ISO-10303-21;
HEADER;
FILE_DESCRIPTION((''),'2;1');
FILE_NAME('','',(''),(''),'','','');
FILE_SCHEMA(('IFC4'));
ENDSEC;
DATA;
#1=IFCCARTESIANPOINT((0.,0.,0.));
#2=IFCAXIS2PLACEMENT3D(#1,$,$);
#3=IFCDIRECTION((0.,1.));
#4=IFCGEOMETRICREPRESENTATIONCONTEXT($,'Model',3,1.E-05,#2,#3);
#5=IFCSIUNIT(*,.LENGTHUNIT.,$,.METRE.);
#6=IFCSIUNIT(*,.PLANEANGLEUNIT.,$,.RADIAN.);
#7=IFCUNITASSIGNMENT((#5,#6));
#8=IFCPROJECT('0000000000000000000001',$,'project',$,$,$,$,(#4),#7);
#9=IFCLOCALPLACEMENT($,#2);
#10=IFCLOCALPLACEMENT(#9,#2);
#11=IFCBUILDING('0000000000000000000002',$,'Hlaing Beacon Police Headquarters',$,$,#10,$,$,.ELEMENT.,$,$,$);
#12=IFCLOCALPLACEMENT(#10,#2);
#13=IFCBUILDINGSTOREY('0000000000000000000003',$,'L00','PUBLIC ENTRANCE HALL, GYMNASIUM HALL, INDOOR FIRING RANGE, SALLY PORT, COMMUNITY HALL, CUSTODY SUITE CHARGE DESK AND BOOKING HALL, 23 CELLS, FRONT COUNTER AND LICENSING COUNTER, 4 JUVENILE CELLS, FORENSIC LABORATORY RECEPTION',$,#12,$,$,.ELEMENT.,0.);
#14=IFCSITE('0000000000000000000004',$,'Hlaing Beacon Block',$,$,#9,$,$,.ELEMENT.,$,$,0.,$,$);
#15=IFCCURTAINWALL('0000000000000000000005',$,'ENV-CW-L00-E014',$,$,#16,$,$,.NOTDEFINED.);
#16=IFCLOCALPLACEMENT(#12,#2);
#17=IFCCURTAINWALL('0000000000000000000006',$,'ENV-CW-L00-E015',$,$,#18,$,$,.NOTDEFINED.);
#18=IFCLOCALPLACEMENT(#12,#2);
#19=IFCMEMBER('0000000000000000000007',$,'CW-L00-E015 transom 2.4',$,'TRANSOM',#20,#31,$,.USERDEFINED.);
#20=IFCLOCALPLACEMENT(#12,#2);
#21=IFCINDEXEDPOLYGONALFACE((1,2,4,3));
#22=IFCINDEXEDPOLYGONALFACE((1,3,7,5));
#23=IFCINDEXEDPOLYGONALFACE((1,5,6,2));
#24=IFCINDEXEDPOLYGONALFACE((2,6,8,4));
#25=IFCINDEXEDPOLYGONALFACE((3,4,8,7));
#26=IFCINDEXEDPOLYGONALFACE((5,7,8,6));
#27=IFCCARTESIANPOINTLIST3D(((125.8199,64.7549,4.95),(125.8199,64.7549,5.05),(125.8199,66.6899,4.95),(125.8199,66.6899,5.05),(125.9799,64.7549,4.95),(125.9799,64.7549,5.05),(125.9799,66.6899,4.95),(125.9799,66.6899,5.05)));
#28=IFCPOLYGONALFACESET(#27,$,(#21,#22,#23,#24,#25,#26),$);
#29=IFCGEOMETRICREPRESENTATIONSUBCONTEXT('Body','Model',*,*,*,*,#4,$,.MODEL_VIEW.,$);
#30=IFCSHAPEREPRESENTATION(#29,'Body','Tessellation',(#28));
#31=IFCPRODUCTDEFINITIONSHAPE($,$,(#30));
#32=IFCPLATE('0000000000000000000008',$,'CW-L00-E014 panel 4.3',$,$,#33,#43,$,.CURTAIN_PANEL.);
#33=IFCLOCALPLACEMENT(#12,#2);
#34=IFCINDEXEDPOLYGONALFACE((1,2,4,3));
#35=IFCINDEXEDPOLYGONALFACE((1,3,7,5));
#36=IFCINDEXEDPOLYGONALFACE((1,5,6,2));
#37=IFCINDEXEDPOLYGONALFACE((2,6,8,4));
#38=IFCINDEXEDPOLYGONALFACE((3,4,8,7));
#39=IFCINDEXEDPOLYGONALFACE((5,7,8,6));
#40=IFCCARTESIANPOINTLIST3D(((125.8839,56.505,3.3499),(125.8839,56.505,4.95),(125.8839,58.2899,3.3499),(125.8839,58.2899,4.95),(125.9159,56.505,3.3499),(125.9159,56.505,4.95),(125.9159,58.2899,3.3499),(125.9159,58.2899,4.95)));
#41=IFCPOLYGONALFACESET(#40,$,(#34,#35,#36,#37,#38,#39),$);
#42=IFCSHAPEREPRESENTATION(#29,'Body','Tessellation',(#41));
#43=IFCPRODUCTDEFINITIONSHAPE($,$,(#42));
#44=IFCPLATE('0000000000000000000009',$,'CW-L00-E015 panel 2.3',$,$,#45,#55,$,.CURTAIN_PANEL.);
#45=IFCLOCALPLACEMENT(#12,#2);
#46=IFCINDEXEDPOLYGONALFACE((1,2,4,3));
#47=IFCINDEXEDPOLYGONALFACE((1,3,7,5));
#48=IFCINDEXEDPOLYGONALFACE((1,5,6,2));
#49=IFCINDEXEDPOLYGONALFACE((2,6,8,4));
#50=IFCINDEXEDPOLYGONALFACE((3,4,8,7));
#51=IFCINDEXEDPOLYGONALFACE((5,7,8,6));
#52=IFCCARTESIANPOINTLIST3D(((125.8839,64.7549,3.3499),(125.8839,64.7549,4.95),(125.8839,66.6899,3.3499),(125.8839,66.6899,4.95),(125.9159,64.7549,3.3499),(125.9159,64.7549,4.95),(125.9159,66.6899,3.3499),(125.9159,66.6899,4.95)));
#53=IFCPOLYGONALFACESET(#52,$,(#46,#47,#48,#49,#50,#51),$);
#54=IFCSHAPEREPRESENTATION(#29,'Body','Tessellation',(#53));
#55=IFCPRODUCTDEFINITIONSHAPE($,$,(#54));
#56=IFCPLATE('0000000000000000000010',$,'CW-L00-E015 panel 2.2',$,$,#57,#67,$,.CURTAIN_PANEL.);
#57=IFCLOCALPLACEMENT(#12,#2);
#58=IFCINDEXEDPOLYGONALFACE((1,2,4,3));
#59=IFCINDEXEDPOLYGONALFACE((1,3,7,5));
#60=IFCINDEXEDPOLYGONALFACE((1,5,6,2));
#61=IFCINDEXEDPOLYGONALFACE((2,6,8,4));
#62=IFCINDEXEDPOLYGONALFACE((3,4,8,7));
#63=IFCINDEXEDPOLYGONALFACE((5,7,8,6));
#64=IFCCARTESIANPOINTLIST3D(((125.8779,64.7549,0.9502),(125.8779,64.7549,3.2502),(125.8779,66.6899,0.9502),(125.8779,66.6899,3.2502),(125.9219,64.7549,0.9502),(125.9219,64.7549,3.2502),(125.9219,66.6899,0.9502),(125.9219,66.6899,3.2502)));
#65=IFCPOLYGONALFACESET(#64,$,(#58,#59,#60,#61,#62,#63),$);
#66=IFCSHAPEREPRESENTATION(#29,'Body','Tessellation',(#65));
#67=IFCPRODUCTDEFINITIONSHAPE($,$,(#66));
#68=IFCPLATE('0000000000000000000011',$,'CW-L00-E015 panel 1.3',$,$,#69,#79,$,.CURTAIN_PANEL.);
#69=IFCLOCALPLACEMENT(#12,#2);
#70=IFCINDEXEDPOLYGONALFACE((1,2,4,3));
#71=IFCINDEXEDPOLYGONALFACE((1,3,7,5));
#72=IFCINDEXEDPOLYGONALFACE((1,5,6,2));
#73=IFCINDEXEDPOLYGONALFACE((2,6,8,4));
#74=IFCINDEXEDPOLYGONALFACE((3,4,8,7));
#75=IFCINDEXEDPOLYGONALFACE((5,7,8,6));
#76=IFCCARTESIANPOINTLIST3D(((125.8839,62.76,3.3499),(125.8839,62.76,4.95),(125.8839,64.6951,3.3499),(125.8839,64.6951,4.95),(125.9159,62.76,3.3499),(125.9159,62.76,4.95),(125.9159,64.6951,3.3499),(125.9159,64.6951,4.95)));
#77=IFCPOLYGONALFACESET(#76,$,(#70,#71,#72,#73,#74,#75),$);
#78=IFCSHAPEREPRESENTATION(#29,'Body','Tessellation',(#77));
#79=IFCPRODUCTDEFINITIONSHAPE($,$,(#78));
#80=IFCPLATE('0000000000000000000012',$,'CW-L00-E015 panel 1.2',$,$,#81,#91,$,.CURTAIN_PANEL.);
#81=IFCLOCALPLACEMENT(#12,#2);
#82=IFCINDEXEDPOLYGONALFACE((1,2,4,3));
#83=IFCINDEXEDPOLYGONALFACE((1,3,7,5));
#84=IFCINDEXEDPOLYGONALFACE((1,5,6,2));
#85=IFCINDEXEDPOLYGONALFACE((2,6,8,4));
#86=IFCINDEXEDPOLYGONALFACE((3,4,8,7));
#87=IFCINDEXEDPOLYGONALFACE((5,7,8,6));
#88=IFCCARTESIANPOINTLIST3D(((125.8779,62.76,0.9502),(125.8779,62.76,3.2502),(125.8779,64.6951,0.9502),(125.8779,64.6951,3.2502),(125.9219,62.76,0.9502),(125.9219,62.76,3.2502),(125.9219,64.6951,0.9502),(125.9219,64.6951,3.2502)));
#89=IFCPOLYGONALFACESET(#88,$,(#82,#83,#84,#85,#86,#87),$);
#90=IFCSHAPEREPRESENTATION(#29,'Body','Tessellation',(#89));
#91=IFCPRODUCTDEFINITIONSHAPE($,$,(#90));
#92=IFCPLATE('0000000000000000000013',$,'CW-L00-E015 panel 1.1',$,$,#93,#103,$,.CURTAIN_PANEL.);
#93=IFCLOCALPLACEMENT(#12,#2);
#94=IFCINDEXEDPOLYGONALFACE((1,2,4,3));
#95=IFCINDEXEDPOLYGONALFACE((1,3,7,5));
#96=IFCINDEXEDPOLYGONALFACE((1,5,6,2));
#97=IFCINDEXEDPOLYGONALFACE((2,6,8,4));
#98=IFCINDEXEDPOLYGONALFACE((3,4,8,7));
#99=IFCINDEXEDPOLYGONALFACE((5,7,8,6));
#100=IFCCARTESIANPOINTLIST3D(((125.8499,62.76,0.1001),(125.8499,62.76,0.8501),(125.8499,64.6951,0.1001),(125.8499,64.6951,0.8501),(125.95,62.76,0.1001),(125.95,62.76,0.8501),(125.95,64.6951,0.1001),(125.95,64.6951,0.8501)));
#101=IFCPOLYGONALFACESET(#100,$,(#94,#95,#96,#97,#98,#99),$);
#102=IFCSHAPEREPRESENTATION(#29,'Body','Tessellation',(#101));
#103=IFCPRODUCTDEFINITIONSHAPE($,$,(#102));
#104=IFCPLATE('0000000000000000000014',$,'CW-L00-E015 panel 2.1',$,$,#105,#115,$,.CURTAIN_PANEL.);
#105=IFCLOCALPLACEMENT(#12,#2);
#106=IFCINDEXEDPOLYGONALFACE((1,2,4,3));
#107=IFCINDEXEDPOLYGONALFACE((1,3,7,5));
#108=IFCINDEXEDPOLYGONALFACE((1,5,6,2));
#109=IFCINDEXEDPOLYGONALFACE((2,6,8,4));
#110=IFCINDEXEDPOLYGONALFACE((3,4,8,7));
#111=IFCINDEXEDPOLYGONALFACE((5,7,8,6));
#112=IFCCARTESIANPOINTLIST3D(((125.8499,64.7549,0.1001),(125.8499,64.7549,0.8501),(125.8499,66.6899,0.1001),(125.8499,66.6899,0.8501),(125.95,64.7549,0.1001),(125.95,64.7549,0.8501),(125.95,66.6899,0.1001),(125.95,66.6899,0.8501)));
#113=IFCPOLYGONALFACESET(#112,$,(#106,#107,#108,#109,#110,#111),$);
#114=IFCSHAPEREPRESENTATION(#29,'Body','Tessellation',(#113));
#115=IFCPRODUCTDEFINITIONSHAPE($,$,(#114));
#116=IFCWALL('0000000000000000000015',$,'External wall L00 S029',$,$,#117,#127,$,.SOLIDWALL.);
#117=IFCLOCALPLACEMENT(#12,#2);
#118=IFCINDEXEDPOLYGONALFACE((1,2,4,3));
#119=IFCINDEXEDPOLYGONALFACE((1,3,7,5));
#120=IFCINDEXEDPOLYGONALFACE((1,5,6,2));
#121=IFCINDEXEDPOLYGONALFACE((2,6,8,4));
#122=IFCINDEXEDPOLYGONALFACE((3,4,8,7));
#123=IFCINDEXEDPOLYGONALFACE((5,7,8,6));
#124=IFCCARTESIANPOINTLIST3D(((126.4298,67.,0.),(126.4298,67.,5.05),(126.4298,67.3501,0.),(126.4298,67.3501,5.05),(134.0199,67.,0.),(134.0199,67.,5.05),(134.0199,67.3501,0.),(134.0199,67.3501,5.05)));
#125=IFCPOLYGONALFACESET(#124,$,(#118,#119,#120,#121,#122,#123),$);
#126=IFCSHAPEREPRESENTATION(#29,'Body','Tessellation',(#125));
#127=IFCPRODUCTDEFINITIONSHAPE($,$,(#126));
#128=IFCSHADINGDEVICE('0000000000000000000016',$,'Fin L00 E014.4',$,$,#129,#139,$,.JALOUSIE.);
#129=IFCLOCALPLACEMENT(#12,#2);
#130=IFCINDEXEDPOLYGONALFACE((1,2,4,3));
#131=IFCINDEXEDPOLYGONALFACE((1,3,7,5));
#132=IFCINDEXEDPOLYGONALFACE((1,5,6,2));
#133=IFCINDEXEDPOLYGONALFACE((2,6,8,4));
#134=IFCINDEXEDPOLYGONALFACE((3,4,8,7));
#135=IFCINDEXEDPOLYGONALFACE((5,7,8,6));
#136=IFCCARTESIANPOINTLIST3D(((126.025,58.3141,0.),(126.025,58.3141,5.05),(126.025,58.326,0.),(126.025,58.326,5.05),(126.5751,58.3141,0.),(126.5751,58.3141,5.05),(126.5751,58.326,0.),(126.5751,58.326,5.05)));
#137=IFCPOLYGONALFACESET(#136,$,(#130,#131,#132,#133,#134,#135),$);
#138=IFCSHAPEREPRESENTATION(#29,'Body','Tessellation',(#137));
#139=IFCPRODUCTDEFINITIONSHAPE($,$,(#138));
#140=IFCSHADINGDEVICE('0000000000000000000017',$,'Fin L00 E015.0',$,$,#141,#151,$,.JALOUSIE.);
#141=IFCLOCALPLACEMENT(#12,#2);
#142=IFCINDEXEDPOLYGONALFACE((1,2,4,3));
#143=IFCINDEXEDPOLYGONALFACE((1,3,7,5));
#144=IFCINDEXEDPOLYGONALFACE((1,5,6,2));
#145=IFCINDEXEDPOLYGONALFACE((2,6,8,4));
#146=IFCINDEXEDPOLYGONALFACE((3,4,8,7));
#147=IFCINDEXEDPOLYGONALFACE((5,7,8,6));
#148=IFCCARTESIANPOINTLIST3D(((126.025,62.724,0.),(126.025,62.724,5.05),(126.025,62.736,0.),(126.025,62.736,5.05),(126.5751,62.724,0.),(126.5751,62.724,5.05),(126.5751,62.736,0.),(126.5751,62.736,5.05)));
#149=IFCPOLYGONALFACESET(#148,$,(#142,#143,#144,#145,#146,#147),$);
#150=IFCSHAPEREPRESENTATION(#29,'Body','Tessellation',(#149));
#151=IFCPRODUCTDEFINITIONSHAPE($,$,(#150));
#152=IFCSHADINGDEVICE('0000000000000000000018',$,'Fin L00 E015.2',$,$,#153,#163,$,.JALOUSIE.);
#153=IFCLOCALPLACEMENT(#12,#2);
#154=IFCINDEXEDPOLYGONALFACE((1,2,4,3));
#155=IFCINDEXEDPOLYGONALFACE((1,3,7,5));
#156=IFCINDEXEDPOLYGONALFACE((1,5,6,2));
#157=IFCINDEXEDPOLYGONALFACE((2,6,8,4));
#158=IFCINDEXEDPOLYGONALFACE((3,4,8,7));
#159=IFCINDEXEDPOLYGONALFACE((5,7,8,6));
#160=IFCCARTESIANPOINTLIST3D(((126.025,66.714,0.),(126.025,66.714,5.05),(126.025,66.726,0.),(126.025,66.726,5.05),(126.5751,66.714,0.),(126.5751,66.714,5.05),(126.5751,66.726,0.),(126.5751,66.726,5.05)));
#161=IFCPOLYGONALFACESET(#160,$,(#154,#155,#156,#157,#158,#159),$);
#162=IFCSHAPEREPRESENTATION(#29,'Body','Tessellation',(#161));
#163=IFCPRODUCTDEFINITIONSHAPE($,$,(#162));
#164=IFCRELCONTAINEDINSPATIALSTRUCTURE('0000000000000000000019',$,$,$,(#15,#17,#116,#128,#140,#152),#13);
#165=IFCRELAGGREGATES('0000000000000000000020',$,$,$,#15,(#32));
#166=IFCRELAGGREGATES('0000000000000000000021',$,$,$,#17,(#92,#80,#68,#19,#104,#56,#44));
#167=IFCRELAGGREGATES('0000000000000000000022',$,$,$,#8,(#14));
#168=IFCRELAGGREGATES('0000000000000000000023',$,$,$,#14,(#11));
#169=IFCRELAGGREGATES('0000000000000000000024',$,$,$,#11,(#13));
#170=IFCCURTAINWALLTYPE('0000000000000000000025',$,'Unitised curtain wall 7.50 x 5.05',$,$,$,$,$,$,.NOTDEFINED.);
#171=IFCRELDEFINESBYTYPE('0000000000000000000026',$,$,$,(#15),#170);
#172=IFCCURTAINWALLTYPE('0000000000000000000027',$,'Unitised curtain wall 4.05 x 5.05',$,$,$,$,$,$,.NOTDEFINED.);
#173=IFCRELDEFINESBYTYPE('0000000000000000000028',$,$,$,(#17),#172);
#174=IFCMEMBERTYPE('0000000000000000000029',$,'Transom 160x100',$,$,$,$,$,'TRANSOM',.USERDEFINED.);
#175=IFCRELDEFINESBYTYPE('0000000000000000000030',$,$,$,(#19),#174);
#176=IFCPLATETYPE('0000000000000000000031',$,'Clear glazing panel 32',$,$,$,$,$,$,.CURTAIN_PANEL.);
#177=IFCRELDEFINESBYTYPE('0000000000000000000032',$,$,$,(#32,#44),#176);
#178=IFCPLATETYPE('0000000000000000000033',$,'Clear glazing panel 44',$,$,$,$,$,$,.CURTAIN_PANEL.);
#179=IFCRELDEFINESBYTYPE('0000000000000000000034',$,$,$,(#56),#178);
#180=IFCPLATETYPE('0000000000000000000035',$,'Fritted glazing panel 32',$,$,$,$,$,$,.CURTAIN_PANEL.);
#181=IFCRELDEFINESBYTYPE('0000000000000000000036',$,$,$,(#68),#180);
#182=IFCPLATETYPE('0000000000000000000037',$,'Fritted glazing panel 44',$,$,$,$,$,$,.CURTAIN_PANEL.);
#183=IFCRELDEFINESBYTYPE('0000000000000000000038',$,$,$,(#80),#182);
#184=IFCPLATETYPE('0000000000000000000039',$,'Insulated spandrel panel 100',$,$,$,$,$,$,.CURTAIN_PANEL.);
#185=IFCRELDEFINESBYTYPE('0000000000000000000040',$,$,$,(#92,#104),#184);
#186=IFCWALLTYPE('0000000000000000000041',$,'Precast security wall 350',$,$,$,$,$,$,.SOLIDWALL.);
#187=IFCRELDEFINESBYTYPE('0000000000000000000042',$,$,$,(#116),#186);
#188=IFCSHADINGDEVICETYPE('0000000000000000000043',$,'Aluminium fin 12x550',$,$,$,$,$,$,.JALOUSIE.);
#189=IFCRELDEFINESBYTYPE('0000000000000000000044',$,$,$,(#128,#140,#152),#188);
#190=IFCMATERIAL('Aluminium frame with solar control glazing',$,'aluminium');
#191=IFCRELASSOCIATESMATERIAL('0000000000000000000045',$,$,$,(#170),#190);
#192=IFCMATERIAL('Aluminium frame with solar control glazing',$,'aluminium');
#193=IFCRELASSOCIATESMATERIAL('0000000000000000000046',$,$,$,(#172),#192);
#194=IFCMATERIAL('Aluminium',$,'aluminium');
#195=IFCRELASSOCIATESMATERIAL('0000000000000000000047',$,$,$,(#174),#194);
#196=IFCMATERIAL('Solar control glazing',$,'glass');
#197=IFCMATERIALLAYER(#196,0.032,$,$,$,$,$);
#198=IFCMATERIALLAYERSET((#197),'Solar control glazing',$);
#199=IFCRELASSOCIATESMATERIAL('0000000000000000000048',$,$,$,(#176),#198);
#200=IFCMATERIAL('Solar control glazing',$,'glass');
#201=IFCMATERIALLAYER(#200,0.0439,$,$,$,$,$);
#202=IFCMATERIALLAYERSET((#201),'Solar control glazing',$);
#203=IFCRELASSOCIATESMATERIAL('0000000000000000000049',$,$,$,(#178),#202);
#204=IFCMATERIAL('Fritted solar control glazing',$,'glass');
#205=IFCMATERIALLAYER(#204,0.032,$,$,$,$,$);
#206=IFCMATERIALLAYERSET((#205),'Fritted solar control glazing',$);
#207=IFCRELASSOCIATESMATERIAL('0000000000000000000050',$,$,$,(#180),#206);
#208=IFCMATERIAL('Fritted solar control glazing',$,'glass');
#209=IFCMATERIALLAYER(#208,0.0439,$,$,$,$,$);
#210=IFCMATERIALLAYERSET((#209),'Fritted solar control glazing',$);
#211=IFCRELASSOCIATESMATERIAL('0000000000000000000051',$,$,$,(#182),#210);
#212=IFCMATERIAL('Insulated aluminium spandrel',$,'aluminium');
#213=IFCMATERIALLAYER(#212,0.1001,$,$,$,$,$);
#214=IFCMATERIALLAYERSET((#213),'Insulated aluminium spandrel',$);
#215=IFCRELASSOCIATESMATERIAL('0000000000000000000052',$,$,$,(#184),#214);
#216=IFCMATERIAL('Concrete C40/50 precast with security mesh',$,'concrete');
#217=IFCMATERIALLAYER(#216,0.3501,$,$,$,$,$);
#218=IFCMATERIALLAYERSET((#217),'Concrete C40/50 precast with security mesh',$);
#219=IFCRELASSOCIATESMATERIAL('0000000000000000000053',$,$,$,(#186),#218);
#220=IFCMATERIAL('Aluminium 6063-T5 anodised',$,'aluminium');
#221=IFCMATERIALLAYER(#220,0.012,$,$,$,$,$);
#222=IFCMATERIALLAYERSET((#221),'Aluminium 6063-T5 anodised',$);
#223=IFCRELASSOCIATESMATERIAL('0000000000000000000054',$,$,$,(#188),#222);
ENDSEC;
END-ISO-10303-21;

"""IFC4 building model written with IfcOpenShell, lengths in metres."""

from ifc_helpers import new_model, si_unit, direction, frame, frame_2d, origin, origin_2d, place, context, subcontext, project, spatial, rectangle, extrude, material, layer, layer_set, material_profile, profile_set, type_object, element, aggregate, save


model = new_model("IFC4")

# Units and contexts
model_context = context("Model", 3, precision=1e-05, world=origin(), true_north=direction((0.0, 1.0)))
body_context = subcontext(model_context, "Body", "Model", "MODEL_VIEW")
ifc_project = project(units=[si_unit("LENGTHUNIT", "METRE"), si_unit("PLANEANGLEUNIT", "RADIAN")], contexts=[model_context])

# Site, building, storey
site_placement = place(None, origin())
site = spatial("IfcSite", under=ifc_project, at=site_placement, Name="Hlaing Beacon Block", CompositionType="ELEMENT", RefElevation=0.0)
building_placement = place(site_placement, origin())
building = spatial("IfcBuilding", under=site, at=building_placement, Name="Hlaing Beacon Police Headquarters", CompositionType="ELEMENT")
storey_placement = place(building_placement, origin())
storey = spatial("IfcBuildingStorey", under=building, at=storey_placement, Name="L00", Description="PUBLIC ENTRANCE HALL, GYMNASIUM HALL, INDOOR FIRING RANGE, SALLY PORT, COMMUNITY HALL, CUSTODY SUITE CHARGE DESK AND BOOKING HALL, 23 CELLS, FRONT COUNTER AND LICENSING COUNTER, 4 JUVENILE CELLS, FORENSIC LABORATORY RECEPTION", CompositionType="ELEMENT", Elevation=0.0)

# Curtain wall
ifc_material_1 = material(Name="Aluminium frame with solar control glazing", Category="aluminium")
curtain_wall_type_1 = type_object("IfcCurtainWallType", Name="Unitised curtain wall 7.50 x 5.05", PredefinedType="NOTDEFINED", material=ifc_material_1)
curtain_wall_1_placement = place(storey_placement, origin())
curtain_wall_1 = element("IfcCurtainWall", 1, at=curtain_wall_1_placement, inside=storey, type_object=curtain_wall_type_1, Name="ENV-CW-L00-E014", PredefinedType="NOTDEFINED")

# Curtain wall, member
ifc_material_2 = material(Name="Aluminium frame with solar control glazing", Category="aluminium")
curtain_wall_type_2 = type_object("IfcCurtainWallType", Name="Unitised curtain wall 4.05 x 5.05", PredefinedType="NOTDEFINED", material=ifc_material_2)
curtain_wall_2_placement = place(storey_placement, origin())
curtain_wall_2 = element("IfcCurtainWall", 2, at=curtain_wall_2_placement, inside=storey, type_object=curtain_wall_type_2, Name="ENV-CW-L00-E015", PredefinedType="NOTDEFINED")
ifc_material_3 = material(Name="Aluminium", Category="aluminium")
ifc_material_profile_1 = material_profile(ifc_material_3, rectangle(XDim=0.1599, YDim=0.1001, at=origin_2d()), Name="Transom 160x100")
ifc_profile_set_1 = profile_set([ifc_material_profile_1], Name="Aluminium")
member_type_1 = type_object("IfcMemberType", Name="Transom 160x100", ElementType="TRANSOM", PredefinedType="USERDEFINED", material=ifc_profile_set_1)
member_1_placement = place(storey_placement, frame((125.8999, 64.7549, 5.0), z_axis=(0.0, 1.0, 0.0), x_axis=(-1.0, 0.0, 0.0)))
member_1 = element("IfcMember", 3, at=member_1_placement, type_object=member_type_1, Name="CW-L00-E015 transom 2.4", ObjectType="TRANSOM", PredefinedType="USERDEFINED", context=body_context, shape_type="SweptSolid", body=[
    extrude(rectangle(XDim=0.1599, YDim=0.1001, at=origin_2d()), origin(), (0.0, 0.0, 1.0), 1.9351),
])

# Plates
ifc_material_4 = material(Name="Solar control glazing", Category="glass")
ifc_layer_1 = layer(ifc_material_4, 0.032)
ifc_layer_set_1 = layer_set([ifc_layer_1], Name="Solar control glazing")
plate_type_1 = type_object("IfcPlateType", Name="Clear glazing panel 32", PredefinedType="CURTAIN_PANEL", material=ifc_layer_set_1)
plate_1_placement = place(storey_placement, frame((125.8999, 57.3975, 3.3499), z_axis=(0.0, 0.0, 1.0), x_axis=(0.0, 1.0, 0.0)))
plate_1 = element("IfcPlate", 4, at=plate_1_placement, type_object=plate_type_1, Name="CW-L00-E014 panel 4.3", PredefinedType="CURTAIN_PANEL", context=body_context, shape_type="SweptSolid", body=[
    extrude(rectangle(XDim=1.7849, YDim=0.032, at=origin_2d()), origin(), (0.0, 0.0, 1.0), 1.6001),
])
aggregate(curtain_wall_1, [plate_1])
plate_2_placement = place(storey_placement, frame((125.8999, 65.7224, 3.3499), z_axis=(0.0, 0.0, 1.0), x_axis=(0.0, 1.0, 0.0)))
plate_2 = element("IfcPlate", 5, at=plate_2_placement, type_object=plate_type_1, Name="CW-L00-E015 panel 2.3", PredefinedType="CURTAIN_PANEL", context=body_context, shape_type="SweptSolid", body=[
    extrude(rectangle(XDim=1.9351, YDim=0.032, at=origin_2d()), origin(), (0.0, 0.0, 1.0), 1.6001),
])
ifc_material_5 = material(Name="Solar control glazing", Category="glass")
ifc_layer_2 = layer(ifc_material_5, 0.0439)
ifc_layer_set_2 = layer_set([ifc_layer_2], Name="Solar control glazing")
plate_type_2 = type_object("IfcPlateType", Name="Clear glazing panel 44", PredefinedType="CURTAIN_PANEL", material=ifc_layer_set_2)
plate_3_placement = place(storey_placement, frame((125.8999, 65.7224, 0.9502), z_axis=(0.0, 0.0, 1.0), x_axis=(0.0, 1.0, 0.0)))
plate_3 = element("IfcPlate", 6, at=plate_3_placement, type_object=plate_type_2, Name="CW-L00-E015 panel 2.2", PredefinedType="CURTAIN_PANEL", context=body_context, shape_type="SweptSolid", body=[
    extrude(rectangle(XDim=1.9351, YDim=0.0439, at=origin_2d()), origin(), (0.0, 0.0, 1.0), 2.3),
])
ifc_material_6 = material(Name="Fritted solar control glazing", Category="glass")
ifc_layer_3 = layer(ifc_material_6, 0.032)
ifc_layer_set_3 = layer_set([ifc_layer_3], Name="Fritted solar control glazing")
plate_type_3 = type_object("IfcPlateType", Name="Fritted glazing panel 32", PredefinedType="CURTAIN_PANEL", material=ifc_layer_set_3)
plate_4_placement = place(storey_placement, frame((125.8999, 63.7275, 3.3499), z_axis=(0.0, 0.0, 1.0), x_axis=(0.0, 1.0, 0.0)))
plate_4 = element("IfcPlate", 7, at=plate_4_placement, type_object=plate_type_3, Name="CW-L00-E015 panel 1.3", PredefinedType="CURTAIN_PANEL", context=body_context, shape_type="SweptSolid", body=[
    extrude(rectangle(XDim=1.9351, YDim=0.032, at=origin_2d()), origin(), (0.0, 0.0, 1.0), 1.6001),
])
ifc_material_7 = material(Name="Fritted solar control glazing", Category="glass")
ifc_layer_4 = layer(ifc_material_7, 0.0439)
ifc_layer_set_4 = layer_set([ifc_layer_4], Name="Fritted solar control glazing")
plate_type_4 = type_object("IfcPlateType", Name="Fritted glazing panel 44", PredefinedType="CURTAIN_PANEL", material=ifc_layer_set_4)
plate_5_placement = place(storey_placement, frame((125.8999, 63.7275, 0.9502), z_axis=(0.0, 0.0, 1.0), x_axis=(0.0, 1.0, 0.0)))
plate_5 = element("IfcPlate", 8, at=plate_5_placement, type_object=plate_type_4, Name="CW-L00-E015 panel 1.2", PredefinedType="CURTAIN_PANEL", context=body_context, shape_type="SweptSolid", body=[
    extrude(rectangle(XDim=1.9351, YDim=0.0439, at=origin_2d()), origin(), (0.0, 0.0, 1.0), 2.3),
])
ifc_material_8 = material(Name="Insulated aluminium spandrel", Category="aluminium")
ifc_layer_5 = layer(ifc_material_8, 0.1001)
ifc_layer_set_5 = layer_set([ifc_layer_5], Name="Insulated aluminium spandrel")
plate_type_5 = type_object("IfcPlateType", Name="Insulated spandrel panel 100", PredefinedType="CURTAIN_PANEL", material=ifc_layer_set_5)
plate_6_placement = place(storey_placement, frame((125.8999, 63.7275, 0.1001), z_axis=(0.0, 0.0, 1.0), x_axis=(0.0, 1.0, 0.0)))
plate_6 = element("IfcPlate", 9, at=plate_6_placement, type_object=plate_type_5, Name="CW-L00-E015 panel 1.1", PredefinedType="CURTAIN_PANEL", context=body_context, shape_type="SweptSolid", body=[
    extrude(rectangle(XDim=1.9351, YDim=0.1001, at=origin_2d()), origin(), (0.0, 0.0, 1.0), 0.75),
])
plate_7_placement = place(storey_placement, frame((125.8999, 65.7224, 0.1001), z_axis=(0.0, 0.0, 1.0), x_axis=(0.0, 1.0, 0.0)))
plate_7 = element("IfcPlate", 10, at=plate_7_placement, type_object=plate_type_5, Name="CW-L00-E015 panel 2.1", PredefinedType="CURTAIN_PANEL", context=body_context, shape_type="SweptSolid", body=[
    extrude(rectangle(XDim=1.9351, YDim=0.1001, at=origin_2d()), origin(), (0.0, 0.0, 1.0), 0.75),
])
aggregate(curtain_wall_2, [plate_6, plate_5, plate_4, member_1, plate_7, plate_3, plate_2])

# Wall
ifc_material_9 = material(Name="Concrete C40/50 precast with security mesh", Category="concrete")
ifc_layer_6 = layer(ifc_material_9, 0.3501)
ifc_layer_set_6 = layer_set([ifc_layer_6], Name="Concrete C40/50 precast with security mesh")
wall_type_1 = type_object("IfcWallType", Name="Precast security wall 350", PredefinedType="SOLIDWALL", material=ifc_layer_set_6)
wall_1_placement = place(storey_placement, frame((126.4299, 67.175, 0.0), z_axis=(0.0, 0.0, 1.0), x_axis=(1.0, 0.0, 0.0)))
element("IfcWall", 11, at=wall_1_placement, inside=storey, type_object=wall_type_1, Name="External wall L00 S029", PredefinedType="SOLIDWALL", context=body_context, shape_type="SweptSolid", body=[
    extrude(rectangle(XDim=7.5901, YDim=0.3501, at=frame_2d((3.7949, 0.0))), origin(), (0.0, 0.0, 1.0), 5.05),
])

# Shading devices
ifc_material_10 = material(Name="Aluminium 6063-T5 anodised", Category="aluminium")
ifc_layer_7 = layer(ifc_material_10, 0.012)
ifc_layer_set_7 = layer_set([ifc_layer_7], Name="Aluminium 6063-T5 anodised")
shading_device_type = type_object("IfcShadingDeviceType", Name="Aluminium fin 12x550", PredefinedType="JALOUSIE", material=ifc_layer_set_7)
for number, where, z_axis, x_axis, name in (
    (12, (126.3, 58.3201, 0.0), (0.0, 0.0, 1.0), (0.0, 1.0, 0.0), "Fin L00 E014.4"),
    (13, (126.3, 62.73, 0.0), (0.0, 0.0, 1.0), (0.0, 1.0, 0.0), "Fin L00 E015.0"),
    (14, (126.3, 66.72, 0.0), (0.0, 0.0, 1.0), (0.0, 1.0, 0.0), "Fin L00 E015.2"),
):
    element("IfcShadingDevice", number, at=place(storey_placement, frame(where, z_axis=z_axis, x_axis=x_axis)), inside=storey, type_object=shading_device_type, Name=name, PredefinedType="JALOUSIE", context=body_context, shape_type="SweptSolid", body=[
        extrude(rectangle(XDim=0.012, YDim=0.55, at=origin_2d()), origin(), (0.0, 0.0, 1.0), 5.05),
    ])

save(model, "model.ifc")
